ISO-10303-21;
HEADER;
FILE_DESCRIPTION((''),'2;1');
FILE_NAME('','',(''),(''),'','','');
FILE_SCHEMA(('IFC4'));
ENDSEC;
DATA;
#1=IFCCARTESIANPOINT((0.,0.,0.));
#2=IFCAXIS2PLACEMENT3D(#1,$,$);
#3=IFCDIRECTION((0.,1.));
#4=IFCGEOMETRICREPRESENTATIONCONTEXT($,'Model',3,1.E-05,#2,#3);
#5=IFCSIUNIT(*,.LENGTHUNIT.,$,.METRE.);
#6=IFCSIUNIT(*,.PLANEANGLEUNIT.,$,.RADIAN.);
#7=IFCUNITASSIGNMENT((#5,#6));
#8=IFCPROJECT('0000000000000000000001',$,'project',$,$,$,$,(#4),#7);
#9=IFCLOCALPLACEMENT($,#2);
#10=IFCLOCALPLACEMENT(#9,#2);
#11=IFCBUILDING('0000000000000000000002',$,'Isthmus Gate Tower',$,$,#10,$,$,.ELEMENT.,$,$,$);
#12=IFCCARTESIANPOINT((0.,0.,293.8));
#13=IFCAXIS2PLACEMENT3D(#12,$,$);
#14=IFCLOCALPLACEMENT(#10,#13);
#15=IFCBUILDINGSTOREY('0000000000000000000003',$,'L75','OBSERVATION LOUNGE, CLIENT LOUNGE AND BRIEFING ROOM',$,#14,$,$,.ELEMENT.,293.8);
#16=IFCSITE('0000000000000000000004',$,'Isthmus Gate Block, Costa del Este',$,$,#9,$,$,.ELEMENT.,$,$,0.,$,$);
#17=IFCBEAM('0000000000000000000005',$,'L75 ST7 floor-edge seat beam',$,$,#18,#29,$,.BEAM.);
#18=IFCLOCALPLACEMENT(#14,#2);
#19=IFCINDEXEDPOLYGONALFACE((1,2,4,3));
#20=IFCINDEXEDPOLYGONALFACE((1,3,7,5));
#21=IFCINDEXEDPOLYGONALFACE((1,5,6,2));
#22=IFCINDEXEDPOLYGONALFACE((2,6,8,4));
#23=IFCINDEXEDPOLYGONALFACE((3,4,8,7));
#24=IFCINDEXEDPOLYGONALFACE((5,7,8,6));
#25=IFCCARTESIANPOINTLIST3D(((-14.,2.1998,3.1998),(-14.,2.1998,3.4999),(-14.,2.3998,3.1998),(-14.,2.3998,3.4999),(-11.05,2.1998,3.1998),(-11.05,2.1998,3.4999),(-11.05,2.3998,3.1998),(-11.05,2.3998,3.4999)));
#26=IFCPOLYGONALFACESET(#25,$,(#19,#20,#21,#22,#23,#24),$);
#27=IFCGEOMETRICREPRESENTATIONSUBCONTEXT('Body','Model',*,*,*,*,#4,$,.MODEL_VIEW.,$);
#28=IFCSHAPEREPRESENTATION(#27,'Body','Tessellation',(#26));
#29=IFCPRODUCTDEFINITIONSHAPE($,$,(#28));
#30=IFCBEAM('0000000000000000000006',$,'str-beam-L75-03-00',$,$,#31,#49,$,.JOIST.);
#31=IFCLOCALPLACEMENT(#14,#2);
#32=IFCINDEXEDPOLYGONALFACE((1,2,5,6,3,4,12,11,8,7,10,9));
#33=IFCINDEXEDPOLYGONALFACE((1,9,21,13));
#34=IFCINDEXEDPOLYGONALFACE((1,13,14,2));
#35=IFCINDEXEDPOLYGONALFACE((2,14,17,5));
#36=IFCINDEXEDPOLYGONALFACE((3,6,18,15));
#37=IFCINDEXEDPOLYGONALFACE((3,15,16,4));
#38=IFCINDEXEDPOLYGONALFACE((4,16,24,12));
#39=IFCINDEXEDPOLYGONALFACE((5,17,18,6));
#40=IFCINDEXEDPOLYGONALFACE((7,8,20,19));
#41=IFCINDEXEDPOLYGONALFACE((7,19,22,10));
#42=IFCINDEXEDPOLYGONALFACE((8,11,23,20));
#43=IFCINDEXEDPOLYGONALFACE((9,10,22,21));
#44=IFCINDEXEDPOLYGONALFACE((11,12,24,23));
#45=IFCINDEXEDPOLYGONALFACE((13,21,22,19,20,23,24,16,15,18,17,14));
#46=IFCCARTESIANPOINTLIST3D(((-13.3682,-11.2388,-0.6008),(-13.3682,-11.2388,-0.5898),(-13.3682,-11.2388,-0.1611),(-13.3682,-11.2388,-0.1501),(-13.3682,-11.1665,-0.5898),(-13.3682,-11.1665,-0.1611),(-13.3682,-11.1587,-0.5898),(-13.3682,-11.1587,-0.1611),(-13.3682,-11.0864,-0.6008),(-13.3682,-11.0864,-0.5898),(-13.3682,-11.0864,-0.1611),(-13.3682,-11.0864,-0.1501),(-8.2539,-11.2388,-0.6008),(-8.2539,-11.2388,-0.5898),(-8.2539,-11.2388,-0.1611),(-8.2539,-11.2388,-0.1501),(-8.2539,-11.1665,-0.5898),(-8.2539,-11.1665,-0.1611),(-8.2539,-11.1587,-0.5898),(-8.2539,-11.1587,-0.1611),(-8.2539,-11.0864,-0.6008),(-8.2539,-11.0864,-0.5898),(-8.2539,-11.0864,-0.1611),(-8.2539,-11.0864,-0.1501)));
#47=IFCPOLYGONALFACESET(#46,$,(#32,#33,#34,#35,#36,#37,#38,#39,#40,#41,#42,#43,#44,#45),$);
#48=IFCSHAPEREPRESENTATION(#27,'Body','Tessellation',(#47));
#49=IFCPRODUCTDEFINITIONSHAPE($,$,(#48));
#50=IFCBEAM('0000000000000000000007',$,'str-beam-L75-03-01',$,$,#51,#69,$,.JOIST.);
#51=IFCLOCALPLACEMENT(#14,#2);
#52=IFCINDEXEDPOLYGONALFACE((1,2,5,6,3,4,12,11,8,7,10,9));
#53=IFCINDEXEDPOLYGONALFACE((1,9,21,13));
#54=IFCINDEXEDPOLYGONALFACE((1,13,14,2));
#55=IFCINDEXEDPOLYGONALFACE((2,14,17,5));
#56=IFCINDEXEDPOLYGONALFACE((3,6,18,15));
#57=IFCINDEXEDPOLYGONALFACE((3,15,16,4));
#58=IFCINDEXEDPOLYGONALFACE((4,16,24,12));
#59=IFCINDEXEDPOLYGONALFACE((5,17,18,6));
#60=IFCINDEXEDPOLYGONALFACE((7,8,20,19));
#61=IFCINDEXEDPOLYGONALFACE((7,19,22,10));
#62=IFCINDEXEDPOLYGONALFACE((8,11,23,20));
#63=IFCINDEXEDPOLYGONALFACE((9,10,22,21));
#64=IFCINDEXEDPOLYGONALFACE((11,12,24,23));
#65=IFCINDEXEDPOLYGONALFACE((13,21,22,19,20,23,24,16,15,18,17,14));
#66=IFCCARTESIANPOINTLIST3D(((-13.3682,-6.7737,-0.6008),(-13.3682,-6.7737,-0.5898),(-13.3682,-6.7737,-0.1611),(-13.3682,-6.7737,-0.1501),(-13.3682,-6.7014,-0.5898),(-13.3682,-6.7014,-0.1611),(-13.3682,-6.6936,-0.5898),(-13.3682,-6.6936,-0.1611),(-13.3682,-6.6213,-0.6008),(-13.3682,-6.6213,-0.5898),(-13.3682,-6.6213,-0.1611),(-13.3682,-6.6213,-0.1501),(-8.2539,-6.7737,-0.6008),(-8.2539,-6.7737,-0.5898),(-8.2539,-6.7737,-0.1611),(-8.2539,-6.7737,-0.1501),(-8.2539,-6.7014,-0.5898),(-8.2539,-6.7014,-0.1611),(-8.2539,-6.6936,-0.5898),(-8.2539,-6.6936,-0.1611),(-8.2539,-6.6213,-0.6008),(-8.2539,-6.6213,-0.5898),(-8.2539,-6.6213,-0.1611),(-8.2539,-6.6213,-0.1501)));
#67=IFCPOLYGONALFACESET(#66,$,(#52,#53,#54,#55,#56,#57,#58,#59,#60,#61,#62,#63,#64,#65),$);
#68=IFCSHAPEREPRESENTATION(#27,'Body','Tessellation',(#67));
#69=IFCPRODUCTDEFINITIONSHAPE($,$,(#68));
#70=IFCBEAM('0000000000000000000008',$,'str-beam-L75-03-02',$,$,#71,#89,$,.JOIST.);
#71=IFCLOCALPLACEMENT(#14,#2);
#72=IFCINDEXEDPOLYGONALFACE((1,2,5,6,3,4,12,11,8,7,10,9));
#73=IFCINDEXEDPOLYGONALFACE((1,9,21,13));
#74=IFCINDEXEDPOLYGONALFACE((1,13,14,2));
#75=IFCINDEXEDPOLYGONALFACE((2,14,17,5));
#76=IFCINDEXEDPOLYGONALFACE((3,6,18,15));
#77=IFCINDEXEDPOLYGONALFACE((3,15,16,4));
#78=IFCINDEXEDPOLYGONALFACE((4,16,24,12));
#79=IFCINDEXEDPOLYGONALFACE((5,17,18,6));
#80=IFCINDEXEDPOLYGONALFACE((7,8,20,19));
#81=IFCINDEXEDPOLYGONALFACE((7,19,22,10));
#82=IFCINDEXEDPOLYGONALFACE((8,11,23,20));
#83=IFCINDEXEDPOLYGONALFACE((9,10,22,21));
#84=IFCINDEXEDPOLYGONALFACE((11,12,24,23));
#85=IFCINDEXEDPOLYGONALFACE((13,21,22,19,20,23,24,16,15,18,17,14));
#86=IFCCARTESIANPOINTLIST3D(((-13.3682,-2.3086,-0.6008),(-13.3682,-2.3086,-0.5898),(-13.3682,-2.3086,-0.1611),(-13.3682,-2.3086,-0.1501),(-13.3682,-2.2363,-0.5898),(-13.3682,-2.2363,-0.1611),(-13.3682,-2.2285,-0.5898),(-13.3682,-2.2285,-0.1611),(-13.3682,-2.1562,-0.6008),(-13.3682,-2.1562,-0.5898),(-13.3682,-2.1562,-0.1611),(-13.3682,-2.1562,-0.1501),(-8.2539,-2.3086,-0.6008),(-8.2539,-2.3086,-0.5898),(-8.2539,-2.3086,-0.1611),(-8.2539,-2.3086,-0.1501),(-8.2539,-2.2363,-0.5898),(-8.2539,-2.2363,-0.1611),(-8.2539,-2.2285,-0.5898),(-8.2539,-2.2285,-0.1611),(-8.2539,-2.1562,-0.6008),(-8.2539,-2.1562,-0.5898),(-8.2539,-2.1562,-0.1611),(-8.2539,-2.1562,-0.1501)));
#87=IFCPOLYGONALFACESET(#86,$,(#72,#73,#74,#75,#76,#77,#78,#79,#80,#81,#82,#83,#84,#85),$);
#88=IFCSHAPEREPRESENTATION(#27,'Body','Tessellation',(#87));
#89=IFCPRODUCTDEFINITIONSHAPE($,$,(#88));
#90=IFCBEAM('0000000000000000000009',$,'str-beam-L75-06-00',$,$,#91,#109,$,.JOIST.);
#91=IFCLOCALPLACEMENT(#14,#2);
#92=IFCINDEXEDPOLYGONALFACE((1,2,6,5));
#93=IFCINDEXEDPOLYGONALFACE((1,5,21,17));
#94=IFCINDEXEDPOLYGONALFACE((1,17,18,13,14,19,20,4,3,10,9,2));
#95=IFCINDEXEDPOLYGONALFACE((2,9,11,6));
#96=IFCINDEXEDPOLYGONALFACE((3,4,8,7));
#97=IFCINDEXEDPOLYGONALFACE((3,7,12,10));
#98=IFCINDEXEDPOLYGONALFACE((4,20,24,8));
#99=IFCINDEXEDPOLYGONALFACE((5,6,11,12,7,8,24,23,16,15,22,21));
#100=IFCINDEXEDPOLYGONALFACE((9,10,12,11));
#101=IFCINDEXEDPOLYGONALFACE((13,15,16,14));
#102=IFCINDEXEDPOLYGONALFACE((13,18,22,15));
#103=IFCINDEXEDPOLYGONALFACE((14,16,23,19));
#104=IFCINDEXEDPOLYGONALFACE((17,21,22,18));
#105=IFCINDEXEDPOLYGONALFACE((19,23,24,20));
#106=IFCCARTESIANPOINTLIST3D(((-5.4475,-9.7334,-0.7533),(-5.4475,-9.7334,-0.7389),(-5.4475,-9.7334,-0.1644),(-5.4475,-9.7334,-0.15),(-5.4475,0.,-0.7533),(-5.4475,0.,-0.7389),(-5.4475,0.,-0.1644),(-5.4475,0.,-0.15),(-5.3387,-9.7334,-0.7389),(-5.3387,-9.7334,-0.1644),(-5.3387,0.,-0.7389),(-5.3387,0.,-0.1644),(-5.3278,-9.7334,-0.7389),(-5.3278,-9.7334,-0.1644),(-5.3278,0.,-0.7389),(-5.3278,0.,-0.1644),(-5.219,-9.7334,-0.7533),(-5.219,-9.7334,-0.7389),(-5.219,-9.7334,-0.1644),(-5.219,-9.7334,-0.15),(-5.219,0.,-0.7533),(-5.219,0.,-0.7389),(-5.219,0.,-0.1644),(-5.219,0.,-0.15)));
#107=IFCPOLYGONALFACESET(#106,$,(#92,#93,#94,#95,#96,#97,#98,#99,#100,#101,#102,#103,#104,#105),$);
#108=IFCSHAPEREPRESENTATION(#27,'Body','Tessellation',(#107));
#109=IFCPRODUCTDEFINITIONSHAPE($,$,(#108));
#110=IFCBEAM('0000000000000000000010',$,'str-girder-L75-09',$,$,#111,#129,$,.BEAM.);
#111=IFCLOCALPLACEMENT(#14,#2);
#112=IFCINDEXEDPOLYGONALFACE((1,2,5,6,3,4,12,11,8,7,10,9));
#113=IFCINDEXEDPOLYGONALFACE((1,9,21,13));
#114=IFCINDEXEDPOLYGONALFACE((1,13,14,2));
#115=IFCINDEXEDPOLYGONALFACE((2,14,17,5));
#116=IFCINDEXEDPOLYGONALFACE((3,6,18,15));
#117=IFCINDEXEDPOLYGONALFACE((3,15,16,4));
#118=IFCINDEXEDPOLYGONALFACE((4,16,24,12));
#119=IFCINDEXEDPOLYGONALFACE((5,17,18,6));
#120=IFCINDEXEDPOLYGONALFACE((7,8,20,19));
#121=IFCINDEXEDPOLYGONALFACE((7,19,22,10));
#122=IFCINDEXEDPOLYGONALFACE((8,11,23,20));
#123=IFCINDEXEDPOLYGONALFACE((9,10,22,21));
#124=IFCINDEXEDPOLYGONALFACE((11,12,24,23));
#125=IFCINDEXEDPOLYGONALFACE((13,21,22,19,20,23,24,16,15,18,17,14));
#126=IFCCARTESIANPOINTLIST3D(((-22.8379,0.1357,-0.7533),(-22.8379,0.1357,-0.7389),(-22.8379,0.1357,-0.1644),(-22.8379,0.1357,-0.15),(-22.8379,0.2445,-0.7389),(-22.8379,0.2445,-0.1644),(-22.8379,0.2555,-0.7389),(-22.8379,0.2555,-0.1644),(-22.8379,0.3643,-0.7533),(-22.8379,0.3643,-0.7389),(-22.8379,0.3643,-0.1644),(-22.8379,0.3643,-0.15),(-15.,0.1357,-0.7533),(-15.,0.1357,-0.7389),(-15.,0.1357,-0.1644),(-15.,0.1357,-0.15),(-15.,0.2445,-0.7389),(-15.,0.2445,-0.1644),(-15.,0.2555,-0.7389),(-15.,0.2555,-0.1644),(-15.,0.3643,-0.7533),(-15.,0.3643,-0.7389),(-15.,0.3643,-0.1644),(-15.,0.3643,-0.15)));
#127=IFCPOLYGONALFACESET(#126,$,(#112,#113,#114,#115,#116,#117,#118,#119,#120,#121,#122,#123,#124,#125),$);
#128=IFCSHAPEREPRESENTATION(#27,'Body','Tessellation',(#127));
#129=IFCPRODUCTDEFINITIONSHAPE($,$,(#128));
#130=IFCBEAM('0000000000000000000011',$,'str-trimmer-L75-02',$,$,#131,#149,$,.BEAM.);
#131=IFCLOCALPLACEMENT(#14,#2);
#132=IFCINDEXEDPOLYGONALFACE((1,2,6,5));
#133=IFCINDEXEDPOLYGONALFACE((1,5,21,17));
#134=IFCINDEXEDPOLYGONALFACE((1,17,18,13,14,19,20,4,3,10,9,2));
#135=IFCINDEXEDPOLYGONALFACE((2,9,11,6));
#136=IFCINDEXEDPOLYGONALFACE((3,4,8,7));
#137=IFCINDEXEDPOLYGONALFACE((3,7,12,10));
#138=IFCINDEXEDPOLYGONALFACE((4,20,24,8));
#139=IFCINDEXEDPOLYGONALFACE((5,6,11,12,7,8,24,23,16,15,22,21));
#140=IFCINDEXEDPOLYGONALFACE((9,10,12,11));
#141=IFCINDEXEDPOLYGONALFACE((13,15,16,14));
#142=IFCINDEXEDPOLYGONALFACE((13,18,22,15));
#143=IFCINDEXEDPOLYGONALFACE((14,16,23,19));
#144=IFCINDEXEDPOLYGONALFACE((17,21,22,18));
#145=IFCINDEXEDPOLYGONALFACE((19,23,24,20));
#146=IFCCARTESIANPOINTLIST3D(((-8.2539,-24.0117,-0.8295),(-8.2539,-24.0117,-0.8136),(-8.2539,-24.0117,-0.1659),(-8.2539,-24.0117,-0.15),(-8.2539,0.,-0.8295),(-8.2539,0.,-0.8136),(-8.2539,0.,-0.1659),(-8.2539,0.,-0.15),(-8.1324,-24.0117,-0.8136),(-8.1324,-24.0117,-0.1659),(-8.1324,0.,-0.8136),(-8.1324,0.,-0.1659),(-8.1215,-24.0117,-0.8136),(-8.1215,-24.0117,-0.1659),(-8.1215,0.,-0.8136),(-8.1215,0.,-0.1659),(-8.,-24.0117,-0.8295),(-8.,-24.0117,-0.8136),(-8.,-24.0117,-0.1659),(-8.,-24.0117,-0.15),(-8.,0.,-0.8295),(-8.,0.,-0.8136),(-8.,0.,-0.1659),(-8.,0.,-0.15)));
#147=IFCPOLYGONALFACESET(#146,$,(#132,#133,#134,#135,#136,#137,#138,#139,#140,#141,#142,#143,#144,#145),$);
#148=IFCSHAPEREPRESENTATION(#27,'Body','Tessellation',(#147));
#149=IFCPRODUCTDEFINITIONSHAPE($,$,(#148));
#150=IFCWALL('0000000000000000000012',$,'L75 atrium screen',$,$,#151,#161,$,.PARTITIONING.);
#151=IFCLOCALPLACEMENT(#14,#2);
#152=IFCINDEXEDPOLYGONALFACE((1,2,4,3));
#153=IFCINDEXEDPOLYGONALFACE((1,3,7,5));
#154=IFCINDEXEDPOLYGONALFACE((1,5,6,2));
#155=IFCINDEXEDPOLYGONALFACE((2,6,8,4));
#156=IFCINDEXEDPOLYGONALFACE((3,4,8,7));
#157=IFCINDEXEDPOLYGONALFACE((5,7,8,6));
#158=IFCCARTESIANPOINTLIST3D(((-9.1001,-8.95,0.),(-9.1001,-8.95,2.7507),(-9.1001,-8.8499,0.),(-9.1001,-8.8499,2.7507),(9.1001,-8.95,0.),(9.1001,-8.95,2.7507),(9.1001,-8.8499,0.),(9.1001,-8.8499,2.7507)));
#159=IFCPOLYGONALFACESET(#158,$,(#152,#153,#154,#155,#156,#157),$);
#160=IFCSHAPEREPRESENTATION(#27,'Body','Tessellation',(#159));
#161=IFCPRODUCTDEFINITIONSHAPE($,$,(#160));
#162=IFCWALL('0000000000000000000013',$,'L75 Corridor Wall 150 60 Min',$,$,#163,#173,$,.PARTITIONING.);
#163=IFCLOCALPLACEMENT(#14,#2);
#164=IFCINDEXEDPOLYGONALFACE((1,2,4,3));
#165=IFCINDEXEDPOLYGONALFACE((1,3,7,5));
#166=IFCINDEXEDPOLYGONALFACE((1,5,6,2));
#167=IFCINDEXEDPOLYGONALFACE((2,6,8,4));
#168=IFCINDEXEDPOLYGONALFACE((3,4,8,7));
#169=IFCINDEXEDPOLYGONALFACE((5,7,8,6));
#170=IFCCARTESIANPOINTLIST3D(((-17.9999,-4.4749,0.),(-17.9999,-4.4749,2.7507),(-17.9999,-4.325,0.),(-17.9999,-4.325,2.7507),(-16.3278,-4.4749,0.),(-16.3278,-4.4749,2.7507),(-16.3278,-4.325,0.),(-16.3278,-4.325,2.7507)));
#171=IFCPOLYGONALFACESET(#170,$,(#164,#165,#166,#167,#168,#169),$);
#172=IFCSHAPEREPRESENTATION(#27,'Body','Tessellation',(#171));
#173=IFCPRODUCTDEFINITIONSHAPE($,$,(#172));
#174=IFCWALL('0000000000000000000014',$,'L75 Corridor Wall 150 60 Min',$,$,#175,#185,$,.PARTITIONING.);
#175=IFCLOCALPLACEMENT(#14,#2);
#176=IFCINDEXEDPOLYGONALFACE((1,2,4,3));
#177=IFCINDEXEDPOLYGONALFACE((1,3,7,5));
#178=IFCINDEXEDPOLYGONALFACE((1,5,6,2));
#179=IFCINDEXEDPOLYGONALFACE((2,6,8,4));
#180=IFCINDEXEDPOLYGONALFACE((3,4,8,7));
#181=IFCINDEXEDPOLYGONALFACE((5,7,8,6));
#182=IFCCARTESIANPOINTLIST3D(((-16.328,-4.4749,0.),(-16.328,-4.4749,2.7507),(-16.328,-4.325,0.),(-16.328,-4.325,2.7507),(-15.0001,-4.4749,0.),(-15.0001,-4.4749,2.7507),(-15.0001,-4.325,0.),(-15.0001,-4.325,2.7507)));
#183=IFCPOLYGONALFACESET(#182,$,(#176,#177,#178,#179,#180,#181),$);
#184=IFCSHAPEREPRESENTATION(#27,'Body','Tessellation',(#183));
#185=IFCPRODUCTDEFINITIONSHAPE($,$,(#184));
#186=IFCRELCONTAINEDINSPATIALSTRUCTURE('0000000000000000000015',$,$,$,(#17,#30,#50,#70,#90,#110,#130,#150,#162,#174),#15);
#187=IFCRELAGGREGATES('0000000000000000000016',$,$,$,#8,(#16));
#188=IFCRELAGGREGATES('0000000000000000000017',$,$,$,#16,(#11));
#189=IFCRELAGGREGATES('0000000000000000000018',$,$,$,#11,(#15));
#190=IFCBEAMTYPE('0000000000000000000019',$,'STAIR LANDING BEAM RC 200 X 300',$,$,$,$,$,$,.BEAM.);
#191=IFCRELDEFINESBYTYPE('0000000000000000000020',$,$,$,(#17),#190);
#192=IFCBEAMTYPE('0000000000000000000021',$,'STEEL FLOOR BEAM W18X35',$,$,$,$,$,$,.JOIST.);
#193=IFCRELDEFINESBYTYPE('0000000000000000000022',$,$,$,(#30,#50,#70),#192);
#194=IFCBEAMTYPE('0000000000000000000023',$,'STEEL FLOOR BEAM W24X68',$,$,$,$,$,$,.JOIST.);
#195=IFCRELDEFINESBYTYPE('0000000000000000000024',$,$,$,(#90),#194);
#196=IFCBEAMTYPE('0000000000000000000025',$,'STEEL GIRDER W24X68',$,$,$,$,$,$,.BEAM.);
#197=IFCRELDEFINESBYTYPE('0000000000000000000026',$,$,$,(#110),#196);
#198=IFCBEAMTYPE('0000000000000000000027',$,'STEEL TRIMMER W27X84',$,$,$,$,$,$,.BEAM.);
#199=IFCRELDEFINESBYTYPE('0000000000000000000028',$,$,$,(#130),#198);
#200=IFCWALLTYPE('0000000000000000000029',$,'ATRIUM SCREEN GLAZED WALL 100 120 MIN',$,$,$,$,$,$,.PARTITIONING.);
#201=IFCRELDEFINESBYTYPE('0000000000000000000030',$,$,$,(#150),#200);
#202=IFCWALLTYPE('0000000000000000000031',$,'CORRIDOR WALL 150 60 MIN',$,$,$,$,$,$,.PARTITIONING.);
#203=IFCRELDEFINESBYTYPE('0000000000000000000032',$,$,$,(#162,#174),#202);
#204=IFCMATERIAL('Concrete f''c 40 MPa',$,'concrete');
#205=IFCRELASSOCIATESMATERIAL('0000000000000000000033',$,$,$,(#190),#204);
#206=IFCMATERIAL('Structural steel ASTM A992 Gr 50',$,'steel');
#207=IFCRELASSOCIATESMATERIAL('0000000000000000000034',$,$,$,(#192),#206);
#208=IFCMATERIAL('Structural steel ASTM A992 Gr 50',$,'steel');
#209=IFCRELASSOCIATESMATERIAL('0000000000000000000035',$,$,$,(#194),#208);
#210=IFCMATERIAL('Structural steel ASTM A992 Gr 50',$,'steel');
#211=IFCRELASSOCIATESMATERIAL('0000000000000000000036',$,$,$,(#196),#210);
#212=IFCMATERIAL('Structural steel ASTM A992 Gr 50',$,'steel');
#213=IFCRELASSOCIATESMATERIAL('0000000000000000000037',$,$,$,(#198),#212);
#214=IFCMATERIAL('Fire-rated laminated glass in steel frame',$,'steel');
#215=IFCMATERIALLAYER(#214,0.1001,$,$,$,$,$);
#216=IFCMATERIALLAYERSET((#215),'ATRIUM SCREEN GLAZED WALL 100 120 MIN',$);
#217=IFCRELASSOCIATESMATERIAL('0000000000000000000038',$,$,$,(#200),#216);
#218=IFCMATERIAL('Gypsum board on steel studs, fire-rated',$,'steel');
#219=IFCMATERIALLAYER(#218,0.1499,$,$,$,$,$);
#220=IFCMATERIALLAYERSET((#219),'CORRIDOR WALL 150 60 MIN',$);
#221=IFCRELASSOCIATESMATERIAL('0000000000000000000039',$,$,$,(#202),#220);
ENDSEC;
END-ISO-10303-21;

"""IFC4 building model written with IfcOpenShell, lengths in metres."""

from ifc_helpers import new_model, si_unit, direction, frame, frame_2d, origin, origin_2d, place, context, subcontext, project, spatial, rectangle, i_section, extrude, material, layer, layer_set, material_profile, profile_set, type_object, element, save


model = new_model("IFC4")

# Units and contexts
model_context = context("Model", 3, precision=1e-05, world=origin(), true_north=direction((0.0, 1.0)))
body_context = subcontext(model_context, "Body", "Model", "MODEL_VIEW")
ifc_project = project(units=[si_unit("LENGTHUNIT", "METRE"), si_unit("PLANEANGLEUNIT", "RADIAN")], contexts=[model_context])

# Site, building, storey
site_placement = place(None, origin())
site = spatial("IfcSite", under=ifc_project, at=site_placement, Name="Isthmus Gate Block, Costa del Este", CompositionType="ELEMENT", RefElevation=0.0)
building_placement = place(site_placement, origin())
building = spatial("IfcBuilding", under=site, at=building_placement, Name="Isthmus Gate Tower", CompositionType="ELEMENT")
storey_placement = place(building_placement, frame((0.0, 0.0, 293.8)))
storey = spatial("IfcBuildingStorey", under=building, at=storey_placement, Name="L75", Description="OBSERVATION LOUNGE, CLIENT LOUNGE AND BRIEFING ROOM", CompositionType="ELEMENT", Elevation=293.8)

# Beams
ifc_material_1 = material(Name="Concrete f'c 40 MPa", Category="concrete")
ifc_material_profile_1 = material_profile(ifc_material_1, rectangle(XDim=0.2, YDim=0.3, at=origin_2d()), Name="STAIR LANDING BEAM RC 200 X 300")
ifc_profile_set_1 = profile_set([ifc_material_profile_1], Name="Concrete f'c 40 MPa")
beam_type_1 = type_object("IfcBeamType", Name="STAIR LANDING BEAM RC 200 X 300", PredefinedType="BEAM", material=ifc_profile_set_1)
beam_1_placement = place(storey_placement, frame((-14.0, 2.2998, 3.3499), z_axis=(1.0, 0.0, 0.0), x_axis=(0.0, 1.0, 0.0)))
element("IfcBeam", 1, at=beam_1_placement, inside=storey, type_object=beam_type_1, Name="L75 ST7 floor-edge seat beam", PredefinedType="BEAM", context=body_context, shape_type="SweptSolid", body=[
    extrude(rectangle(XDim=0.2, YDim=0.3, at=origin_2d()), origin(), (0.0, 0.0, 1.0), 2.95),
])
ifc_material_2 = material(Name="Structural steel ASTM A992 Gr 50", Category="steel")
ifc_material_profile_2 = material_profile(ifc_material_2, i_section(OverallWidth=0.1523, OverallDepth=0.4507, WebThickness=0.0078, FlangeThickness=0.011, at=origin_2d()), Name="W18X35")
ifc_profile_set_2 = profile_set([ifc_material_profile_2], Name="Structural steel ASTM A992 Gr 50")
beam_type_2 = type_object("IfcBeamType", Name="STEEL FLOOR BEAM W18X35", PredefinedType="JOIST", material=ifc_profile_set_2)
for number, where, z_axis, x_axis, name in (
    (2, (-13.3682, -11.1626, -0.3755), (1.0, 0.0, 0.0), (0.0, 1.0, 0.0), "str-beam-L75-03-00"),
    (3, (-13.3682, -6.6975, -0.3755), (1.0, 0.0, 0.0), (0.0, 1.0, 0.0), "str-beam-L75-03-01"),
    (4, (-13.3682, -2.2324, -0.3755), (1.0, 0.0, 0.0), (0.0, 1.0, 0.0), "str-beam-L75-03-02"),
):
    element("IfcBeam", number, at=place(storey_placement, frame(where, z_axis=z_axis, x_axis=x_axis)), inside=storey, type_object=beam_type_2, Name=name, PredefinedType="JOIST", context=body_context, shape_type="SweptSolid", body=[
        extrude(i_section(OverallWidth=0.1523, OverallDepth=0.4507, WebThickness=0.0078, FlangeThickness=0.011, at=origin_2d()), origin(), (0.0, 0.0, 1.0), 5.1143),
    ])
ifc_material_3 = material(Name="Structural steel ASTM A992 Gr 50", Category="steel")
ifc_material_profile_3 = material_profile(ifc_material_3, i_section(OverallWidth=0.2285, OverallDepth=0.6033, WebThickness=0.011, FlangeThickness=0.0144, at=origin_2d()), Name="W24X68")
ifc_profile_set_3 = profile_set([ifc_material_profile_3], Name="Structural steel ASTM A992 Gr 50")
beam_type_3 = type_object("IfcBeamType", Name="STEEL FLOOR BEAM W24X68", PredefinedType="JOIST", material=ifc_profile_set_3)
beam_2_placement = place(storey_placement, frame((-5.3333, -9.7334, -0.4517), z_axis=(0.0, 1.0, 0.0), x_axis=(-1.0, 0.0, 0.0)))
element("IfcBeam", 5, at=beam_2_placement, inside=storey, type_object=beam_type_3, Name="str-beam-L75-06-00", PredefinedType="JOIST", context=body_context, shape_type="SweptSolid", body=[
    extrude(i_section(OverallWidth=0.2285, OverallDepth=0.6033, WebThickness=0.011, FlangeThickness=0.0144, at=origin_2d()), origin(), (0.0, 0.0, 1.0), 9.7334),
])
ifc_material_4 = material(Name="Structural steel ASTM A992 Gr 50", Category="steel")
ifc_material_profile_4 = material_profile(ifc_material_4, i_section(OverallWidth=0.2285, OverallDepth=0.6033, WebThickness=0.011, FlangeThickness=0.0144, at=origin_2d()), Name="W24X68")
ifc_profile_set_4 = profile_set([ifc_material_profile_4], Name="Structural steel ASTM A992 Gr 50")
beam_type_4 = type_object("IfcBeamType", Name="STEEL GIRDER W24X68", PredefinedType="BEAM", material=ifc_profile_set_4)
beam_3_placement = place(storey_placement, frame((-15.0, 0.25, -0.4517), z_axis=(-1.0, 0.0, 0.0), x_axis=(0.0, -1.0, 0.0)))
element("IfcBeam", 6, at=beam_3_placement, inside=storey, type_object=beam_type_4, Name="str-girder-L75-09", PredefinedType="BEAM", context=body_context, shape_type="SweptSolid", body=[
    extrude(i_section(OverallWidth=0.2285, OverallDepth=0.6033, WebThickness=0.011, FlangeThickness=0.0144, at=origin_2d()), origin(), (0.0, 0.0, 1.0), 7.8379),
])
ifc_material_5 = material(Name="Structural steel ASTM A992 Gr 50", Category="steel")
ifc_material_profile_5 = material_profile(ifc_material_5, i_section(OverallWidth=0.2539, OverallDepth=0.6794, WebThickness=0.011, FlangeThickness=0.0159, at=origin_2d()), Name="W27X84")
ifc_profile_set_5 = profile_set([ifc_material_profile_5], Name="Structural steel ASTM A992 Gr 50")
beam_type_5 = type_object("IfcBeamType", Name="STEEL TRIMMER W27X84", PredefinedType="BEAM", material=ifc_profile_set_5)
beam_4_placement = place(storey_placement, frame((-8.127, 0.0, -0.4897), z_axis=(0.0, -1.0, 0.0), x_axis=(1.0, 0.0, 0.0)))
element("IfcBeam", 7, at=beam_4_placement, inside=storey, type_object=beam_type_5, Name="str-trimmer-L75-02", PredefinedType="BEAM", context=body_context, shape_type="SweptSolid", body=[
    extrude(i_section(OverallWidth=0.2539, OverallDepth=0.6794, WebThickness=0.011, FlangeThickness=0.0159, at=origin_2d()), origin(), (0.0, 0.0, 1.0), 24.0117),
])

# Walls
ifc_material_6 = material(Name="Fire-rated laminated glass in steel frame", Category="steel")
ifc_layer_1 = layer(ifc_material_6, 0.1001)
ifc_layer_set_1 = layer_set([ifc_layer_1], Name="ATRIUM SCREEN GLAZED WALL 100 120 MIN")
wall_type_1 = type_object("IfcWallType", Name="ATRIUM SCREEN GLAZED WALL 100 120 MIN", PredefinedType="PARTITIONING", material=ifc_layer_set_1)
wall_1_placement = place(storey_placement, frame((-9.1001, -8.8999, 0.0), z_axis=(0.0, 0.0, 1.0), x_axis=(1.0, 0.0, 0.0)))
element("IfcWall", 8, at=wall_1_placement, inside=storey, type_object=wall_type_1, Name="L75 atrium screen", PredefinedType="PARTITIONING", context=body_context, shape_type="SweptSolid", body=[
    extrude(rectangle(XDim=18.2002, YDim=0.1001, at=frame_2d((9.1001, 0.0))), origin(), (0.0, 0.0, 1.0), 2.7507),
])
ifc_material_7 = material(Name="Gypsum board on steel studs, fire-rated", Category="steel")
ifc_layer_2 = layer(ifc_material_7, 0.1499)
ifc_layer_set_2 = layer_set([ifc_layer_2], Name="CORRIDOR WALL 150 60 MIN")
wall_type_2 = type_object("IfcWallType", Name="CORRIDOR WALL 150 60 MIN", PredefinedType="PARTITIONING", material=ifc_layer_set_2)
wall_2_placement = place(storey_placement, frame((-16.3279, -4.3999, 0.0), z_axis=(0.0, 0.0, 1.0), x_axis=(-1.0, 0.0, 0.0)))
element("IfcWall", 9, at=wall_2_placement, inside=storey, type_object=wall_type_2, Name="L75 Corridor Wall 150 60 Min", PredefinedType="PARTITIONING", context=body_context, shape_type="SweptSolid", body=[
    extrude(rectangle(XDim=1.6721, YDim=0.1499, at=frame_2d((0.8359, 0.0))), origin(), (0.0, 0.0, 1.0), 2.7507),
])
wall_3_placement = place(storey_placement, frame((-15.0, -4.3999, 0.0), z_axis=(0.0, 0.0, 1.0), x_axis=(-1.0, 0.0, 0.0)))
element("IfcWall", 10, at=wall_3_placement, inside=storey, type_object=wall_type_2, Name="L75 Corridor Wall 150 60 Min", PredefinedType="PARTITIONING", context=body_context, shape_type="SweptSolid", body=[
    extrude(rectangle(XDim=1.3279, YDim=0.1499, at=frame_2d((0.6641, 0.0))), origin(), (0.0, 0.0, 1.0), 2.7507),
])

save(model, "model.ifc")
